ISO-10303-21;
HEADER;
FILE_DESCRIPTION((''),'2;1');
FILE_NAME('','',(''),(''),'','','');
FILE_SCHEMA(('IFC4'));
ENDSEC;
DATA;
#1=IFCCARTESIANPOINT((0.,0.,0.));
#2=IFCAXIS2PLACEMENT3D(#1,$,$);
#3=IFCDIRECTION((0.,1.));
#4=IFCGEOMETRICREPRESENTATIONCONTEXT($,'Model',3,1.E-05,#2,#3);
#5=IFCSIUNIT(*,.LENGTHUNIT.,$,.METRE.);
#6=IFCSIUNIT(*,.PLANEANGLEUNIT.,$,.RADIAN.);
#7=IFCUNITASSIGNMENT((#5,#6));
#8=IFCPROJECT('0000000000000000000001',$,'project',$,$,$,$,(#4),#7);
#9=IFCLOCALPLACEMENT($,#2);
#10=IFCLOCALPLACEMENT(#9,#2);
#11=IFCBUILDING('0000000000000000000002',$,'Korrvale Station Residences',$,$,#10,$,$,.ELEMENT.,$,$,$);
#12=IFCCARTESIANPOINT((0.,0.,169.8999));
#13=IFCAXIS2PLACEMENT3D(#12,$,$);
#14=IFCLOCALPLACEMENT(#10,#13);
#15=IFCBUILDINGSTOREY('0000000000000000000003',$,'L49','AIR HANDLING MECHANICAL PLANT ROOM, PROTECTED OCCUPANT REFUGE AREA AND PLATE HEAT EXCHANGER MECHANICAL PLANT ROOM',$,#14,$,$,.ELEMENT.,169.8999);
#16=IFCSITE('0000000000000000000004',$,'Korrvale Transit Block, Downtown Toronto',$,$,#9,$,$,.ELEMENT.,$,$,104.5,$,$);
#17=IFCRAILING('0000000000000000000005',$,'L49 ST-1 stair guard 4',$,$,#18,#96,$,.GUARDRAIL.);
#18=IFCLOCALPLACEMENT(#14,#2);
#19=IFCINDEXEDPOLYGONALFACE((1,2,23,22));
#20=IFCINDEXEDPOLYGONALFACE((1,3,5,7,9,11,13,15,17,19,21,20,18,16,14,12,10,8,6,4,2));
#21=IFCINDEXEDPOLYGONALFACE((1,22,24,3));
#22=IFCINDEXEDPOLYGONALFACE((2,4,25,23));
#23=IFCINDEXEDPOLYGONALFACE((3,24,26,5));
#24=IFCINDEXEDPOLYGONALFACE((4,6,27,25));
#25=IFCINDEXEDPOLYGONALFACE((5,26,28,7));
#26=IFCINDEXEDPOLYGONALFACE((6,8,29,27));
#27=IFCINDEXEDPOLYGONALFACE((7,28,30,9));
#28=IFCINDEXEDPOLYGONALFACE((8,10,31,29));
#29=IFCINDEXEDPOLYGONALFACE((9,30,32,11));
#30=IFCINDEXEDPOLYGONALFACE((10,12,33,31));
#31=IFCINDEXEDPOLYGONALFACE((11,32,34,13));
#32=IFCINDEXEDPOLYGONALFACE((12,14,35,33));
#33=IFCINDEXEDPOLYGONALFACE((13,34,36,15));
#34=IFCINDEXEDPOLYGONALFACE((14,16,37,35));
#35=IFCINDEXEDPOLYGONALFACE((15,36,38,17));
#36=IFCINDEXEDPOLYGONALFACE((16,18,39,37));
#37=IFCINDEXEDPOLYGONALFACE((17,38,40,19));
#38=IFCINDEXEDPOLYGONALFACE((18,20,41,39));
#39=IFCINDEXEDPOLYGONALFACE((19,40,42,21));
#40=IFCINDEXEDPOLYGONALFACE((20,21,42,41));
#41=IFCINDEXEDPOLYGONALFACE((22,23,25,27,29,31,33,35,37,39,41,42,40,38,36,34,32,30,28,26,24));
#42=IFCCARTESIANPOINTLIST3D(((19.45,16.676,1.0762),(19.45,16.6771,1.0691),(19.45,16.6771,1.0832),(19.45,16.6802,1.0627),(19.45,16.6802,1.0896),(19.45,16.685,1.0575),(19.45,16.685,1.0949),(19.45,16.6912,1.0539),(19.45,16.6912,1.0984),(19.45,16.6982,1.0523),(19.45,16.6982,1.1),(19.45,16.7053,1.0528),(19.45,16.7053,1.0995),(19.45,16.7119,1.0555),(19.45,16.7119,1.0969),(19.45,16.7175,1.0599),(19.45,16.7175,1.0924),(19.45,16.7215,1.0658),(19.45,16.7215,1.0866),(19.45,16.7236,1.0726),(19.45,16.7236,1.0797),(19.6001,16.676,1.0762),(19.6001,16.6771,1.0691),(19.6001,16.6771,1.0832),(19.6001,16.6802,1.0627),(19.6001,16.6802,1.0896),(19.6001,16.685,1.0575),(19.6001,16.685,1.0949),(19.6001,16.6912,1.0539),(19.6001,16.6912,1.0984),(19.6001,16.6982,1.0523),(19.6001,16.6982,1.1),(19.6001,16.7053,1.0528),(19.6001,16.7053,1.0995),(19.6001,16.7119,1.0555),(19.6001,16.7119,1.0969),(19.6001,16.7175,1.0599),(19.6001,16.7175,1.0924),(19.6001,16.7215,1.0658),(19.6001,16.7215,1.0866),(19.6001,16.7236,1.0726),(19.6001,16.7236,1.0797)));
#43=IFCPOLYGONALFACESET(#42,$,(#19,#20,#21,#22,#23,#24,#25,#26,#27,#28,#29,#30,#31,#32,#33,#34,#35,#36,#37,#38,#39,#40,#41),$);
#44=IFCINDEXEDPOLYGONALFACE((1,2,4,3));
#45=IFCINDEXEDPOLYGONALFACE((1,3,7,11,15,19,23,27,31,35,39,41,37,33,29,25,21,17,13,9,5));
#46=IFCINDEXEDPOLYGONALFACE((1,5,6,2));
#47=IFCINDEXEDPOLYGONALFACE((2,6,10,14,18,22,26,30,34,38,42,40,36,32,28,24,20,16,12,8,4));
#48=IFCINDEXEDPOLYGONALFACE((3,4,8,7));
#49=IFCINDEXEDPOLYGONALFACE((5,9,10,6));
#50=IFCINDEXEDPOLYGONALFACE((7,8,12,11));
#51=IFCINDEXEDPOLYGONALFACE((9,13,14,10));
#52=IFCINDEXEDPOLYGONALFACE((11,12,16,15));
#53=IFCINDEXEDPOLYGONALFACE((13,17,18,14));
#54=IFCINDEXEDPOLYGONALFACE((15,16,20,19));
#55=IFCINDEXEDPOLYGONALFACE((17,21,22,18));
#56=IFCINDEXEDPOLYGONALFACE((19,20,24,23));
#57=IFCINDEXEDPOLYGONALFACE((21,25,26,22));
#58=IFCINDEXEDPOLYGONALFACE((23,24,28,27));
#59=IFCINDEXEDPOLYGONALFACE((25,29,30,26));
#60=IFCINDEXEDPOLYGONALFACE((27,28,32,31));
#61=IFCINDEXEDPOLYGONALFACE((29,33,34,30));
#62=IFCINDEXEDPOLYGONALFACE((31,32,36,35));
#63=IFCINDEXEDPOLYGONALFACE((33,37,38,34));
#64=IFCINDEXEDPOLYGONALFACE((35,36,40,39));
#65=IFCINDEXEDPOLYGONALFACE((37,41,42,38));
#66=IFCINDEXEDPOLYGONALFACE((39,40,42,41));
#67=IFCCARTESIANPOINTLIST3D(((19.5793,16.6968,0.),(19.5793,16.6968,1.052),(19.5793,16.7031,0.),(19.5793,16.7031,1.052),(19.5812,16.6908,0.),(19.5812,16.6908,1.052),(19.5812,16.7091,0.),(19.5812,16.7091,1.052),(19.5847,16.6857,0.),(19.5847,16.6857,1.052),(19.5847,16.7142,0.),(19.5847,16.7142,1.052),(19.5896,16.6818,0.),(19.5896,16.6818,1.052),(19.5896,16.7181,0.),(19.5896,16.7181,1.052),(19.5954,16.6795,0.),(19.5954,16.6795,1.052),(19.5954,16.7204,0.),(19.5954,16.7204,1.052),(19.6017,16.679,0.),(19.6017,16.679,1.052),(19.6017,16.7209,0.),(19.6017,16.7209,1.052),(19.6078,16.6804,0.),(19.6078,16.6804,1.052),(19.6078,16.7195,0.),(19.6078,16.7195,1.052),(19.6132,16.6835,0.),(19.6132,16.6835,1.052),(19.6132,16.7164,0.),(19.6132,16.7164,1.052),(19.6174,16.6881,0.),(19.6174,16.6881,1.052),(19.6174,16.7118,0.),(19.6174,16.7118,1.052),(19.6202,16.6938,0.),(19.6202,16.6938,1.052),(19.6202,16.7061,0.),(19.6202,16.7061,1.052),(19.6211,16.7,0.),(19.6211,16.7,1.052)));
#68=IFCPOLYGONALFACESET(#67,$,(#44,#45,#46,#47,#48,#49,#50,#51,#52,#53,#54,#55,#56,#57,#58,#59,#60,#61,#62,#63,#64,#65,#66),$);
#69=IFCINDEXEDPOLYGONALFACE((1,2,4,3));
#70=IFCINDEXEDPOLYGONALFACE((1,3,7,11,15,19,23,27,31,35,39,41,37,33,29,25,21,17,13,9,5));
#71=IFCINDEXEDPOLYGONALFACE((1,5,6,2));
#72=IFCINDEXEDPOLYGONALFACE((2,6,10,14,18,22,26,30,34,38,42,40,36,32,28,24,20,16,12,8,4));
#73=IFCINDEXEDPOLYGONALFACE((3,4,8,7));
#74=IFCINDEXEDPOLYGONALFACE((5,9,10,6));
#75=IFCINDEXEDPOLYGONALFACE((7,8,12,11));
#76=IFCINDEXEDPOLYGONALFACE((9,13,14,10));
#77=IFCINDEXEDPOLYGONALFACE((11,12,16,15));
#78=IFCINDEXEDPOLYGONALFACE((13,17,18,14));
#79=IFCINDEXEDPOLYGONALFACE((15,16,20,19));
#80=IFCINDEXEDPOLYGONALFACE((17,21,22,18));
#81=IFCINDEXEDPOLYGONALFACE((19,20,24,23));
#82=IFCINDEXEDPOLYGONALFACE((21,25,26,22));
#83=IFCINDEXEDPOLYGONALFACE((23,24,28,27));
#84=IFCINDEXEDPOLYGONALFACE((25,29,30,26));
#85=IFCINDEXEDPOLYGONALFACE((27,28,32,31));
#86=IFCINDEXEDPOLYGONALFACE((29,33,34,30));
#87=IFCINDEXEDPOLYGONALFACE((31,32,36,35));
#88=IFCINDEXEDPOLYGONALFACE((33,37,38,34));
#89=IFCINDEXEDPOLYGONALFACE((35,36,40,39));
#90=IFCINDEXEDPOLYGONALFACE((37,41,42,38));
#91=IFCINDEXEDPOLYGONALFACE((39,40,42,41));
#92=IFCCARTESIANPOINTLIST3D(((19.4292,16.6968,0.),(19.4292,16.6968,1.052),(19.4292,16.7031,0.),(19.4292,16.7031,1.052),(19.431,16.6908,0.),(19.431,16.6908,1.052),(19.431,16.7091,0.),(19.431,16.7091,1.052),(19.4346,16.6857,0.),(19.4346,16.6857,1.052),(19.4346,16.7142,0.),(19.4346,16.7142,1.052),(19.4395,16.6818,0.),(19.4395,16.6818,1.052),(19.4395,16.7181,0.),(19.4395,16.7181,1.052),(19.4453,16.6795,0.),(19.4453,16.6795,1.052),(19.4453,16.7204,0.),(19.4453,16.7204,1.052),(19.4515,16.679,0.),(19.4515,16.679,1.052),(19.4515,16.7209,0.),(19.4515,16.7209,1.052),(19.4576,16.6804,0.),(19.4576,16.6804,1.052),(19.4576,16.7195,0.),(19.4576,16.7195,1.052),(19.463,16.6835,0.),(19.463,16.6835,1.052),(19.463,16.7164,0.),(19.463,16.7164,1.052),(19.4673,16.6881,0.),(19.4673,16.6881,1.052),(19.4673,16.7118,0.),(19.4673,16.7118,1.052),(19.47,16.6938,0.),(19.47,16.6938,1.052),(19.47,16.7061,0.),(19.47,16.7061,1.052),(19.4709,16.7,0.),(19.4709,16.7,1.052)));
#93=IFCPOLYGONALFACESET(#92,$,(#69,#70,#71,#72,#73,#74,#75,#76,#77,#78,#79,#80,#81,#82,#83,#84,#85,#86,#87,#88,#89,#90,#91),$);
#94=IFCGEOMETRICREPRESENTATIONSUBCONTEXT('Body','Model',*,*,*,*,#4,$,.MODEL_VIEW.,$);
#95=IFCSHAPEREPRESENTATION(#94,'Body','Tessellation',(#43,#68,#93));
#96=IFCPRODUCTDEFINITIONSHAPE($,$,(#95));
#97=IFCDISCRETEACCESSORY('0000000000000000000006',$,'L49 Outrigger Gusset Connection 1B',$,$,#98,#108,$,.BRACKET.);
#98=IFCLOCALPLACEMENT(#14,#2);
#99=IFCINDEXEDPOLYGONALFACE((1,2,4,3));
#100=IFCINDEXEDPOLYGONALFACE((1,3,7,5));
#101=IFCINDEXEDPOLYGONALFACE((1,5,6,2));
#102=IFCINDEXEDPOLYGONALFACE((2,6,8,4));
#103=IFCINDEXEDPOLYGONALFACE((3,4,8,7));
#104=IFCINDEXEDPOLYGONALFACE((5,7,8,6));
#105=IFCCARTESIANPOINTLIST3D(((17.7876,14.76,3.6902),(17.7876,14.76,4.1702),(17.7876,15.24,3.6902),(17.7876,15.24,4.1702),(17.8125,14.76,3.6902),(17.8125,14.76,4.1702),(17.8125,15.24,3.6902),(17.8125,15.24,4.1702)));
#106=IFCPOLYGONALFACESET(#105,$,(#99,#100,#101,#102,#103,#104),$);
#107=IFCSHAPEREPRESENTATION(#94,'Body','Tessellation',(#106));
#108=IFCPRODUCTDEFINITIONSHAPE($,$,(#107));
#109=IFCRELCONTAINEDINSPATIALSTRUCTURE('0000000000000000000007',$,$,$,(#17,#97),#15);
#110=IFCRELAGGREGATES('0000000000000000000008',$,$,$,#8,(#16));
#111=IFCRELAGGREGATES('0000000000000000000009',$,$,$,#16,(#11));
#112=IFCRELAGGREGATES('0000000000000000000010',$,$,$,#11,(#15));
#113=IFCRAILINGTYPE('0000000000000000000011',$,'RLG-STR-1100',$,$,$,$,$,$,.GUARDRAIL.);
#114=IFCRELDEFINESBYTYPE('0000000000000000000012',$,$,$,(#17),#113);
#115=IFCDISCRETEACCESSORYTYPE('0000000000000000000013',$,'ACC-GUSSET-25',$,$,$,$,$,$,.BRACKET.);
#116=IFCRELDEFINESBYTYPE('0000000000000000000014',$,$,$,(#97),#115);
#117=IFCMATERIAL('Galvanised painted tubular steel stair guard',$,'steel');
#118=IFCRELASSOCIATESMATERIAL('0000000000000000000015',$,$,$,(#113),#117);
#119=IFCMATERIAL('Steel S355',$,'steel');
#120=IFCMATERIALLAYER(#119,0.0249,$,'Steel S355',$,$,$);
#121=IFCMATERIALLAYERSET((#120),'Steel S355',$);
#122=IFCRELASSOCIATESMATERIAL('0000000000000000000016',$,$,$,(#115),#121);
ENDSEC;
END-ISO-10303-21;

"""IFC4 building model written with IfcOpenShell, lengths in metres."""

from ifc_helpers import new_model, si_unit, direction, frame, origin, origin_2d, place, context, subcontext, project, spatial, rectangle, circle, extrude, material, layer, layer_set, type_object, element, save


model = new_model("IFC4")

# Units and contexts
model_context = context("Model", 3, precision=1e-05, world=origin(), true_north=direction((0.0, 1.0)))
body_context = subcontext(model_context, "Body", "Model", "MODEL_VIEW")
ifc_project = project(units=[si_unit("LENGTHUNIT", "METRE"), si_unit("PLANEANGLEUNIT", "RADIAN")], contexts=[model_context])

# Site, building, storey
site_placement = place(None, origin())
site = spatial("IfcSite", under=ifc_project, at=site_placement, Name="Korrvale Transit Block, Downtown Toronto", CompositionType="ELEMENT", RefElevation=104.5)
building_placement = place(site_placement, origin())
building = spatial("IfcBuilding", under=site, at=building_placement, Name="Korrvale Station Residences", CompositionType="ELEMENT")
storey_placement = place(building_placement, frame((0.0, 0.0, 169.8999)))
storey = spatial("IfcBuildingStorey", under=building, at=storey_placement, Name="L49", Description="AIR HANDLING MECHANICAL PLANT ROOM, PROTECTED OCCUPANT REFUGE AREA AND PLATE HEAT EXCHANGER MECHANICAL PLANT ROOM", CompositionType="ELEMENT", Elevation=169.8999)

# Railing
ifc_material_1 = material(Name="Galvanised painted tubular steel stair guard", Category="steel")
railing_type_1 = type_object("IfcRailingType", Name="RLG-STR-1100", PredefinedType="GUARDRAIL", material=ifc_material_1)
railing_1_placement = place(storey_placement, frame((19.6001, 16.7, 0.0)))
element("IfcRailing", 1, at=railing_1_placement, inside=storey, type_object=railing_type_1, Name="L49 ST-1 stair guard 4", PredefinedType="GUARDRAIL", context=body_context, shape_type="SweptSolid", body=[
    extrude(circle(Radius=0.0239, at=origin_2d()), frame((0.0, 0.0, 1.0762), z_axis=(-1.0, 0.0, 0.0), x_axis=(0.0, -1.0, 0.0)), (0.0, 0.0, 1.0), 0.1501),
    extrude(circle(Radius=0.021, at=origin_2d()), origin(), (0.0, 0.0, 1.0), 1.052),
    extrude(circle(Radius=0.021, at=origin_2d()), frame((-0.1501, 0.0, 0.0)), (0.0, 0.0, 1.0), 1.052),
])

# Discrete accessory
ifc_material_2 = material(Name="Steel S355", Category="steel")
ifc_layer_1 = layer(ifc_material_2, 0.0249, Name="Steel S355")
ifc_layer_set_1 = layer_set([ifc_layer_1], Name="Steel S355")
discrete_accessory_type = type_object("IfcDiscreteAccessoryType", Name="ACC-GUSSET-25", PredefinedType="BRACKET", material=ifc_layer_set_1)
discrete_accessory_placement = place(storey_placement, frame((17.8, 15.0, 3.6902), z_axis=(0.0, 0.0, 1.0), x_axis=(0.0, 1.0, 0.0)))
element("IfcDiscreteAccessory", 2, at=discrete_accessory_placement, inside=storey, type_object=discrete_accessory_type, Name="L49 Outrigger Gusset Connection 1B", PredefinedType="BRACKET", context=body_context, shape_type="SweptSolid", body=[
    extrude(rectangle(XDim=0.48, YDim=0.0249, at=origin_2d()), origin(), (0.0, 0.0, 1.0), 0.48),
])

save(model, "model.ifc")
